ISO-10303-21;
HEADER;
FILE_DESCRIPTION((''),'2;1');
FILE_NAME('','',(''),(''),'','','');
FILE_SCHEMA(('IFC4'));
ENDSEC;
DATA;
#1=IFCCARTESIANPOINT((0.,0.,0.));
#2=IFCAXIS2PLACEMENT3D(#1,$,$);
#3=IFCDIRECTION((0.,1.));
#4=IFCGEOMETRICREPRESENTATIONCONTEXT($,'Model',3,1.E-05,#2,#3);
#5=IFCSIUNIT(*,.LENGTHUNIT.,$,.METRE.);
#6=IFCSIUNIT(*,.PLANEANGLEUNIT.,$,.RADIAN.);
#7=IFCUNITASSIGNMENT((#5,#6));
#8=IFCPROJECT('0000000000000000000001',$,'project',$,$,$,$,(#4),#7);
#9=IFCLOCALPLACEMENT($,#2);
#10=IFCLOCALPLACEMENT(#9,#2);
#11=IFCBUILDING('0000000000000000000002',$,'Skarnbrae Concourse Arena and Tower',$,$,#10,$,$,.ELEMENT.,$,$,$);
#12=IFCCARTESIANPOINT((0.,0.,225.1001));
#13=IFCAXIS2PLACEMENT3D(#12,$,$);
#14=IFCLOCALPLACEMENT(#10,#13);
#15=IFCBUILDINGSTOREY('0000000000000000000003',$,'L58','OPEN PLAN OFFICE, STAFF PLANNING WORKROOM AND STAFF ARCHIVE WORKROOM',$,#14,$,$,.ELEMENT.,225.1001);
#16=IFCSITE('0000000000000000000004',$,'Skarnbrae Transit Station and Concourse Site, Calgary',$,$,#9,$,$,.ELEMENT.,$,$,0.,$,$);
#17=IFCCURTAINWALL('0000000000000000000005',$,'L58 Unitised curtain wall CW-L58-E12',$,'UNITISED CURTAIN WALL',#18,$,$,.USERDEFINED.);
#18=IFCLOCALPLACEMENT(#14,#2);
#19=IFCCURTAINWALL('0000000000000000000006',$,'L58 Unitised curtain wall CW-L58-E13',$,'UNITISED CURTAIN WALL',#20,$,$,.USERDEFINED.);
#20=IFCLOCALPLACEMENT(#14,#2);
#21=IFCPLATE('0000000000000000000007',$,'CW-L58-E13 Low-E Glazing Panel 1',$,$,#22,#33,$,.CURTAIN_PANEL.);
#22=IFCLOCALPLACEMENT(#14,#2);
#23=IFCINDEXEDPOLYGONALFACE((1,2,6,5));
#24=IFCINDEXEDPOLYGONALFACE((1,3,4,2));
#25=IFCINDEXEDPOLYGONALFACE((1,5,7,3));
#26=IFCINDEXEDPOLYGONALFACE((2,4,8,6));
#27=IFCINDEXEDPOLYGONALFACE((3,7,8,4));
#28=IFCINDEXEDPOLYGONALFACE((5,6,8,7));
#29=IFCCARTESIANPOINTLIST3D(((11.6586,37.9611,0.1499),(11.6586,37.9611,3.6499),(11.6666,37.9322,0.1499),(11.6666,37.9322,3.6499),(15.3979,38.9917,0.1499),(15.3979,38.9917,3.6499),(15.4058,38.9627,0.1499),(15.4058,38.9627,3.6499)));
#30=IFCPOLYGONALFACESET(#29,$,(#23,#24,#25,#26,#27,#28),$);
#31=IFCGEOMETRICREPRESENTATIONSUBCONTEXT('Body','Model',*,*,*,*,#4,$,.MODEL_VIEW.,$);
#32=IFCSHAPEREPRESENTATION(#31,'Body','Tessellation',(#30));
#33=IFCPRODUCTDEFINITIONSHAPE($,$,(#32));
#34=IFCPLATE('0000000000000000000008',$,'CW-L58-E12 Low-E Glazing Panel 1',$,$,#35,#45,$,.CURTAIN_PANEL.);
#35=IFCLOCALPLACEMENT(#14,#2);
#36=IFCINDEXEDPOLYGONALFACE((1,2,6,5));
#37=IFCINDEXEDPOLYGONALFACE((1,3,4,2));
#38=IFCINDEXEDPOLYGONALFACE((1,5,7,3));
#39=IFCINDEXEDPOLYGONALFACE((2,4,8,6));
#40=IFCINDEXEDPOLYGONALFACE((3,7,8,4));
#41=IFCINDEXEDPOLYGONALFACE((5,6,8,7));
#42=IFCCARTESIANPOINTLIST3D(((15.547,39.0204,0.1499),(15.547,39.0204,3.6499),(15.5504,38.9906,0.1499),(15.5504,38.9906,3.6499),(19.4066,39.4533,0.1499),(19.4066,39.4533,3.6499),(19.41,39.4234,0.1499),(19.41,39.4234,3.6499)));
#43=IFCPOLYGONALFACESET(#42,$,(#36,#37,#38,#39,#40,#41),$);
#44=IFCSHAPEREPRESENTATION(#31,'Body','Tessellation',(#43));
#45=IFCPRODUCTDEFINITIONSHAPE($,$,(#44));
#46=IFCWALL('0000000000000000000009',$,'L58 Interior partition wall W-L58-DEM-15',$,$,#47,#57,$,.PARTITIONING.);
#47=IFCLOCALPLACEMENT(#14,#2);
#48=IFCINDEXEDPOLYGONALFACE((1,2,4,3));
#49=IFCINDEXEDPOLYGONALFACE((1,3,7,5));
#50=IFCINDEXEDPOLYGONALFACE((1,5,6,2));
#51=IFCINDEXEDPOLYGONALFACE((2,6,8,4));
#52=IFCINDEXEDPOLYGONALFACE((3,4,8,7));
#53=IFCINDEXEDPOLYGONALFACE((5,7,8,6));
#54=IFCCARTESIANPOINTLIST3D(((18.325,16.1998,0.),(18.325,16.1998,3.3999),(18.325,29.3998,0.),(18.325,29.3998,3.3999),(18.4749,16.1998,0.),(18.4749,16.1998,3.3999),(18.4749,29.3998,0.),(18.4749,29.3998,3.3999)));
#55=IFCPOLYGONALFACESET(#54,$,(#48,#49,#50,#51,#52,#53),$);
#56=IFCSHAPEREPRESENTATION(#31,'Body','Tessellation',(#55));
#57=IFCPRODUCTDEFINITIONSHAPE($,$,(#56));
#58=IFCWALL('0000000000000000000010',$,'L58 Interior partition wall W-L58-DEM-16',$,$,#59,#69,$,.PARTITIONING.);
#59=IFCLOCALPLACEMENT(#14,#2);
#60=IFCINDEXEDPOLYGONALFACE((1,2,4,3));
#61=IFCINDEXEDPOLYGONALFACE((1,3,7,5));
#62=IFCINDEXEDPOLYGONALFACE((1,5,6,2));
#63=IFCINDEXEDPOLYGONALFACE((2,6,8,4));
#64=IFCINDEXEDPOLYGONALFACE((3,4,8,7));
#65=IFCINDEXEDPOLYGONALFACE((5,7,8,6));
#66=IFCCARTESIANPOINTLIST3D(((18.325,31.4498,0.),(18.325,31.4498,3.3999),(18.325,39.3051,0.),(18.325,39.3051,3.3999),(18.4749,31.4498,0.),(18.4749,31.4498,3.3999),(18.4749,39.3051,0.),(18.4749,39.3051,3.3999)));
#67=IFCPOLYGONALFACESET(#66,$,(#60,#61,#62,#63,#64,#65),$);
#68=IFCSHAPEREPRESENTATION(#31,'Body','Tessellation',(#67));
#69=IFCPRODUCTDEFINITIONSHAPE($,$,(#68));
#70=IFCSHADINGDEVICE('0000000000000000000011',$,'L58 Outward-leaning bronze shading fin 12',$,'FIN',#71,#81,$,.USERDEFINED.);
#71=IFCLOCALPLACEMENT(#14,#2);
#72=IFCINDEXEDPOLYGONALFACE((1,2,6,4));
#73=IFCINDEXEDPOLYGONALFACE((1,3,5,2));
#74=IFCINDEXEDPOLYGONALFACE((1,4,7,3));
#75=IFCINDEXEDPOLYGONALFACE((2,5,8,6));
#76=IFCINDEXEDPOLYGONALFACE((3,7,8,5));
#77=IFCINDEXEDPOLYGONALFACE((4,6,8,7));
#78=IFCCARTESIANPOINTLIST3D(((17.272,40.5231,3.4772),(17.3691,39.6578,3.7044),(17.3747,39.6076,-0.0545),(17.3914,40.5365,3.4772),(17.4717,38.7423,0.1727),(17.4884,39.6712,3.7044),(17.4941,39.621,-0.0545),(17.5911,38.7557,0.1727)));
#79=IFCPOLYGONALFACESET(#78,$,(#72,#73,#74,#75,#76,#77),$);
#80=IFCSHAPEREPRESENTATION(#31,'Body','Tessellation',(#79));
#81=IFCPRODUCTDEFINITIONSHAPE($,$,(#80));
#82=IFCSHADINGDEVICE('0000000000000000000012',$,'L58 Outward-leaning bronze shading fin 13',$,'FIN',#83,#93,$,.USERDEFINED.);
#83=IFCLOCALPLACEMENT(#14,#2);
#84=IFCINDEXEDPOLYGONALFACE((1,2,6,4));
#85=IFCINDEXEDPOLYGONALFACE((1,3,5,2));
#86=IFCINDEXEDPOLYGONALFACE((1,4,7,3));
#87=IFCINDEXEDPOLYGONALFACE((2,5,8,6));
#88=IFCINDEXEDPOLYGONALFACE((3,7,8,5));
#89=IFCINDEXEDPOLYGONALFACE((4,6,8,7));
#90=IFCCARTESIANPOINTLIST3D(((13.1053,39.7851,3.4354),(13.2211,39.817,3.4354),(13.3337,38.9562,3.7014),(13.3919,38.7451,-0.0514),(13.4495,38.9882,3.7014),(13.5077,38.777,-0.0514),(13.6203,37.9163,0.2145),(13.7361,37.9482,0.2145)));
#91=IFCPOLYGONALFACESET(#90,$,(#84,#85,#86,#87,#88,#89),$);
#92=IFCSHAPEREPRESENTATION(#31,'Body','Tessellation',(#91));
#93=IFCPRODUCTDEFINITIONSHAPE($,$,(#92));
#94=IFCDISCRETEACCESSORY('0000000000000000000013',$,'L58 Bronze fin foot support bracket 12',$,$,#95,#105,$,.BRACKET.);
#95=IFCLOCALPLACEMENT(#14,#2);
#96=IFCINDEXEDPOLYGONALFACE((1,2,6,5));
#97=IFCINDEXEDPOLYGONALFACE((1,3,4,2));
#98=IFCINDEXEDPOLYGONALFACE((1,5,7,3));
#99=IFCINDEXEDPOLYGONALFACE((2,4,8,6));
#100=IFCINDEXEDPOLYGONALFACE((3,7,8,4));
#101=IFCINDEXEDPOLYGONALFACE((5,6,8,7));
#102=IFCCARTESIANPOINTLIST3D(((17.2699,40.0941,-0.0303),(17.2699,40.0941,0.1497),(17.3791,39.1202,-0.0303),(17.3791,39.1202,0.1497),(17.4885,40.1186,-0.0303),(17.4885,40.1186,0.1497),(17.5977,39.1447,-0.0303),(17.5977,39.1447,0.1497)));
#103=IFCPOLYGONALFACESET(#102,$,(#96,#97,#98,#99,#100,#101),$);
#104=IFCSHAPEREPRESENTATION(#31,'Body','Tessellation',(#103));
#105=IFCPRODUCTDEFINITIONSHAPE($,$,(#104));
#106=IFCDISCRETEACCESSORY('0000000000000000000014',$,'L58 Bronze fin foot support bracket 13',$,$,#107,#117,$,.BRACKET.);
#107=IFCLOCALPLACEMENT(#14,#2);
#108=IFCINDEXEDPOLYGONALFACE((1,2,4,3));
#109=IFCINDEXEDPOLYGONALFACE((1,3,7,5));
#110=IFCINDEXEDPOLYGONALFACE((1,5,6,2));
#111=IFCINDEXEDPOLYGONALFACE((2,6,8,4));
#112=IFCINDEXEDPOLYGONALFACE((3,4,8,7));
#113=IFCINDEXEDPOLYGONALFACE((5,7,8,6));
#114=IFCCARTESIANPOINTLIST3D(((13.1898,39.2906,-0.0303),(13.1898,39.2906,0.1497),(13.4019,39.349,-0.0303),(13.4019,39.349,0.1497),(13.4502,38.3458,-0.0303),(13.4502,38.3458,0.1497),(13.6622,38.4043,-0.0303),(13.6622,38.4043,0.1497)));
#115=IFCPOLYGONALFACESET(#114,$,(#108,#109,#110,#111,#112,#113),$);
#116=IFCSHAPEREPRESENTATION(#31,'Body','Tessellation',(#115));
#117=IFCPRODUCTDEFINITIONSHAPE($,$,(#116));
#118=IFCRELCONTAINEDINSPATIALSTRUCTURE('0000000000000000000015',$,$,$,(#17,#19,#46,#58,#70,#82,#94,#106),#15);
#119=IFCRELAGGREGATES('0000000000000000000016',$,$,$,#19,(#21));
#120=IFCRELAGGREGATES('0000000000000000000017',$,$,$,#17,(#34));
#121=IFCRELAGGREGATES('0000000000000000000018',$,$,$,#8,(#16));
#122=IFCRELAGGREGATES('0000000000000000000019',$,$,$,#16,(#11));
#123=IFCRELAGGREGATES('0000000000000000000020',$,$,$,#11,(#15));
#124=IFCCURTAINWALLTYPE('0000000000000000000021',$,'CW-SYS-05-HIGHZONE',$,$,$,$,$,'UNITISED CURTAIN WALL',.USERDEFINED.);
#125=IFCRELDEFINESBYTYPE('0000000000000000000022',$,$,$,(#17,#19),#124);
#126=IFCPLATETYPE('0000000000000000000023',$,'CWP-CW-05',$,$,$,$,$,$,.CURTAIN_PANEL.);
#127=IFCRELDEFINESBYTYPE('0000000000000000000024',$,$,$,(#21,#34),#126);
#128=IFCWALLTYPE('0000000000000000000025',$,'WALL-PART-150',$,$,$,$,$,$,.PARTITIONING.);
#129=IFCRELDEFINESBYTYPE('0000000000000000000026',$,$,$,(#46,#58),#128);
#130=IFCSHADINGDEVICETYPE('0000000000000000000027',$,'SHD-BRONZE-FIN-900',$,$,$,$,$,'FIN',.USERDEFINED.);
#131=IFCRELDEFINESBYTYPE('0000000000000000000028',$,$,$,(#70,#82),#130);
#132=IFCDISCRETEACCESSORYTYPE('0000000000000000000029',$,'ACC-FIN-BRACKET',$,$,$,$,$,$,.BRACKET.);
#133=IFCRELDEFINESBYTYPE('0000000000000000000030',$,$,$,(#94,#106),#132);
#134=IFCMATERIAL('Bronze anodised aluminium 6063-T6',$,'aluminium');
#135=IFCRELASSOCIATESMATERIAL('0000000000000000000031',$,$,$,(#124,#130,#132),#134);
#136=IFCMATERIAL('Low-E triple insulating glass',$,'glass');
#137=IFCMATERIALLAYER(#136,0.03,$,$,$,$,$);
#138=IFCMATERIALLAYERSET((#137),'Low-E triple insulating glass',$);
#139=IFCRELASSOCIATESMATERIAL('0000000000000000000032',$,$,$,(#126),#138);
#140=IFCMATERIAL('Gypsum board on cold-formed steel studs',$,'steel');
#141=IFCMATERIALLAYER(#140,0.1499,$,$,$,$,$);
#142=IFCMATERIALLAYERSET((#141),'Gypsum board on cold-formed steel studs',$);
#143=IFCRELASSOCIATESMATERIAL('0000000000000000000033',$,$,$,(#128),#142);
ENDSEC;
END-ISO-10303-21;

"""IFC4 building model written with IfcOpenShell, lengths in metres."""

from ifc_helpers import new_model, si_unit, direction, frame, frame_2d, origin, origin_2d, place, context, subcontext, project, spatial, rectangle, extrude, source, transform, mapped, material, layer, layer_set, type_object, element, aggregate, save


model = new_model("IFC4")

# Units and contexts
model_context = context("Model", 3, precision=1e-05, world=origin(), true_north=direction((0.0, 1.0)))
body_context = subcontext(model_context, "Body", "Model", "MODEL_VIEW")
ifc_project = project(units=[si_unit("LENGTHUNIT", "METRE"), si_unit("PLANEANGLEUNIT", "RADIAN")], contexts=[model_context])

# Site, building, storey
site_placement = place(None, origin())
site = spatial("IfcSite", under=ifc_project, at=site_placement, Name="Skarnbrae Transit Station and Concourse Site, Calgary", CompositionType="ELEMENT", RefElevation=0.0)
building_placement = place(site_placement, origin())
building = spatial("IfcBuilding", under=site, at=building_placement, Name="Skarnbrae Concourse Arena and Tower", CompositionType="ELEMENT")
storey_placement = place(building_placement, frame((0.0, 0.0, 225.1001)))
storey = spatial("IfcBuildingStorey", under=building, at=storey_placement, Name="L58", Description="OPEN PLAN OFFICE, STAFF PLANNING WORKROOM AND STAFF ARCHIVE WORKROOM", CompositionType="ELEMENT", Elevation=225.1001)

# Shared definitions
ifc_material_1 = material(Name="Bronze anodised aluminium 6063-T6", Category="aluminium")
curtain_wall_type = type_object("IfcCurtainWallType", Name="CW-SYS-05-HIGHZONE", ElementType="UNITISED CURTAIN WALL", PredefinedType="USERDEFINED", material=ifc_material_1)

# Curtain walls
curtain_wall_1_placement = place(storey_placement, origin())
curtain_wall_1 = element("IfcCurtainWall", 1, at=curtain_wall_1_placement, inside=storey, type_object=curtain_wall_type, Name="L58 Unitised curtain wall CW-L58-E12", ObjectType="UNITISED CURTAIN WALL", PredefinedType="USERDEFINED")
curtain_wall_2_placement = place(storey_placement, origin())
curtain_wall_2 = element("IfcCurtainWall", 2, at=curtain_wall_2_placement, inside=storey, type_object=curtain_wall_type, Name="L58 Unitised curtain wall CW-L58-E13", ObjectType="UNITISED CURTAIN WALL", PredefinedType="USERDEFINED")

# Plates
ifc_material_2 = material(Name="Low-E triple insulating glass", Category="glass")
ifc_layer_1 = layer(ifc_material_2, 0.03)
ifc_layer_set_1 = layer_set([ifc_layer_1], Name="Low-E triple insulating glass")
plate_type = type_object("IfcPlateType", Name="CWP-CW-05", PredefinedType="CURTAIN_PANEL", material=ifc_layer_set_1)
shared_shape_1 = source(origin(), body_context, "Body", "SweptSolid", [
    extrude(rectangle(XDim=3.8787, YDim=0.03, at=origin_2d()), origin(), (0.0, 0.0, 1.0), 3.5),
])
plate_1_placement = place(storey_placement, frame((13.5322, 38.4619, 0.1499), z_axis=(0.0, 0.0, 1.0), x_axis=(-0.964057, -0.265694, 0.0)))
plate_1 = element("IfcPlate", 3, at=plate_1_placement, type_object=plate_type, Name="CW-L58-E13 Low-E Glazing Panel 1", PredefinedType="CURTAIN_PANEL", context=body_context, shape_type="MappedRepresentation", body=[
    mapped(shared_shape_1, transform((0.0, 0.0, 0.0))),
])
aggregate(curtain_wall_2, [plate_1])
shared_shape_2 = source(origin(), body_context, "Body", "SweptSolid", [
    extrude(rectangle(XDim=3.8838, YDim=0.03, at=origin_2d()), origin(), (0.0, 0.0, 1.0), 3.5),
])
plate_2_placement = place(storey_placement, frame((17.4785, 39.2219, 0.1499), z_axis=(0.0, 0.0, 1.0), x_axis=(-0.993769, -0.11146, 0.0)))
plate_2 = element("IfcPlate", 4, at=plate_2_placement, type_object=plate_type, Name="CW-L58-E12 Low-E Glazing Panel 1", PredefinedType="CURTAIN_PANEL", context=body_context, shape_type="MappedRepresentation", body=[
    mapped(shared_shape_2, transform((0.0, 0.0, 0.0))),
])
aggregate(curtain_wall_1, [plate_2])

# Walls
ifc_material_3 = material(Name="Gypsum board on cold-formed steel studs", Category="steel")
ifc_layer_2 = layer(ifc_material_3, 0.1499)
ifc_layer_set_2 = layer_set([ifc_layer_2], Name="Gypsum board on cold-formed steel studs")
wall_type = type_object("IfcWallType", Name="WALL-PART-150", PredefinedType="PARTITIONING", material=ifc_layer_set_2)
shared_shape_3 = source(origin(), body_context, "Body", "SweptSolid", [
    extrude(rectangle(XDim=13.2, YDim=0.1499, at=frame_2d((6.6001, 0.0))), origin(), (0.0, 0.0, 1.0), 3.3999),
])
wall_1_placement = place(storey_placement, frame((18.3999, 29.3999, 0.0), z_axis=(0.0, 0.0, 1.0), x_axis=(0.0, -1.0, 0.0)))
element("IfcWall", 5, at=wall_1_placement, inside=storey, type_object=wall_type, Name="L58 Interior partition wall W-L58-DEM-15", PredefinedType="PARTITIONING", context=body_context, shape_type="MappedRepresentation", body=[
    mapped(shared_shape_3, transform((0.0, 0.0, 0.0))),
])
shared_shape_4 = source(origin(), body_context, "Body", "SweptSolid", [
    extrude(rectangle(XDim=7.8552, YDim=0.1499, at=frame_2d((3.9277, 0.0))), origin(), (0.0, 0.0, 1.0), 3.3999),
])
wall_2_placement = place(storey_placement, frame((18.3999, 39.3052, 0.0), z_axis=(0.0, 0.0, 1.0), x_axis=(0.0, -1.0, 0.0)))
element("IfcWall", 6, at=wall_2_placement, inside=storey, type_object=wall_type, Name="L58 Interior partition wall W-L58-DEM-16", PredefinedType="PARTITIONING", context=body_context, shape_type="MappedRepresentation", body=[
    mapped(shared_shape_4, transform((0.0, 0.0, 0.0))),
])

# Shading devices
shading_device_type = type_object("IfcShadingDeviceType", Name="SHD-BRONZE-FIN-900", ElementType="FIN", PredefinedType="USERDEFINED", material=ifc_material_1)
shared_shape_5 = source(origin(), body_context, "Body", "SweptSolid", [
    extrude(rectangle(XDim=0.1201, YDim=0.8999, at=origin_2d()), origin(), (0.0, 0.0, 1.0), 3.6499),
])
for number, where, z_axis, x_axis, name in (
    (7, (17.4829, 39.1816, 0.0591), (-0.028131, 0.250835, 0.967621), (0.99377, 0.111452, 0.0), "L58 Outward-leaning bronze shading fin 12"),
    (8, (13.564, 38.3467, 0.0815), (-0.078523, 0.284919, 0.95533), (0.964058, 0.265691, 0.0), "L58 Outward-leaning bronze shading fin 13"),
):
    element("IfcShadingDevice", number, at=place(storey_placement, frame(where, z_axis=z_axis, x_axis=x_axis)), inside=storey, type_object=shading_device_type, Name=name, ObjectType="FIN", PredefinedType="USERDEFINED", context=body_context, shape_type="MappedRepresentation", body=[
        mapped(shared_shape_5, transform((0.0, 0.0, 0.0))),
    ])

# Discrete accessories
discrete_accessory_type = type_object("IfcDiscreteAccessoryType", Name="ACC-FIN-BRACKET", PredefinedType="BRACKET", material=ifc_material_1)
shared_shape_6 = source(origin(), body_context, "Body", "SweptSolid", [
    extrude(rectangle(XDim=0.22, YDim=0.98, at=origin_2d()), origin(), (0.0, 0.0, 1.0), 0.1799),
])
for number, where, z_axis, x_axis, name in (
    (9, (17.4338, 39.6194, -0.0303), (0.0, 0.0, 1.0), (0.99377, 0.111452, 0.0), "L58 Bronze fin foot support bracket 12"),
    (10, (13.426, 38.8474, -0.0303), (0.0, 0.0, 1.0), (0.964058, 0.265691, 0.0), "L58 Bronze fin foot support bracket 13"),
):
    element("IfcDiscreteAccessory", number, at=place(storey_placement, frame(where, z_axis=z_axis, x_axis=x_axis)), inside=storey, type_object=discrete_accessory_type, Name=name, PredefinedType="BRACKET", context=body_context, shape_type="MappedRepresentation", body=[
        mapped(shared_shape_6, transform((0.0, 0.0, 0.0))),
    ])

save(model, "model.ifc")
